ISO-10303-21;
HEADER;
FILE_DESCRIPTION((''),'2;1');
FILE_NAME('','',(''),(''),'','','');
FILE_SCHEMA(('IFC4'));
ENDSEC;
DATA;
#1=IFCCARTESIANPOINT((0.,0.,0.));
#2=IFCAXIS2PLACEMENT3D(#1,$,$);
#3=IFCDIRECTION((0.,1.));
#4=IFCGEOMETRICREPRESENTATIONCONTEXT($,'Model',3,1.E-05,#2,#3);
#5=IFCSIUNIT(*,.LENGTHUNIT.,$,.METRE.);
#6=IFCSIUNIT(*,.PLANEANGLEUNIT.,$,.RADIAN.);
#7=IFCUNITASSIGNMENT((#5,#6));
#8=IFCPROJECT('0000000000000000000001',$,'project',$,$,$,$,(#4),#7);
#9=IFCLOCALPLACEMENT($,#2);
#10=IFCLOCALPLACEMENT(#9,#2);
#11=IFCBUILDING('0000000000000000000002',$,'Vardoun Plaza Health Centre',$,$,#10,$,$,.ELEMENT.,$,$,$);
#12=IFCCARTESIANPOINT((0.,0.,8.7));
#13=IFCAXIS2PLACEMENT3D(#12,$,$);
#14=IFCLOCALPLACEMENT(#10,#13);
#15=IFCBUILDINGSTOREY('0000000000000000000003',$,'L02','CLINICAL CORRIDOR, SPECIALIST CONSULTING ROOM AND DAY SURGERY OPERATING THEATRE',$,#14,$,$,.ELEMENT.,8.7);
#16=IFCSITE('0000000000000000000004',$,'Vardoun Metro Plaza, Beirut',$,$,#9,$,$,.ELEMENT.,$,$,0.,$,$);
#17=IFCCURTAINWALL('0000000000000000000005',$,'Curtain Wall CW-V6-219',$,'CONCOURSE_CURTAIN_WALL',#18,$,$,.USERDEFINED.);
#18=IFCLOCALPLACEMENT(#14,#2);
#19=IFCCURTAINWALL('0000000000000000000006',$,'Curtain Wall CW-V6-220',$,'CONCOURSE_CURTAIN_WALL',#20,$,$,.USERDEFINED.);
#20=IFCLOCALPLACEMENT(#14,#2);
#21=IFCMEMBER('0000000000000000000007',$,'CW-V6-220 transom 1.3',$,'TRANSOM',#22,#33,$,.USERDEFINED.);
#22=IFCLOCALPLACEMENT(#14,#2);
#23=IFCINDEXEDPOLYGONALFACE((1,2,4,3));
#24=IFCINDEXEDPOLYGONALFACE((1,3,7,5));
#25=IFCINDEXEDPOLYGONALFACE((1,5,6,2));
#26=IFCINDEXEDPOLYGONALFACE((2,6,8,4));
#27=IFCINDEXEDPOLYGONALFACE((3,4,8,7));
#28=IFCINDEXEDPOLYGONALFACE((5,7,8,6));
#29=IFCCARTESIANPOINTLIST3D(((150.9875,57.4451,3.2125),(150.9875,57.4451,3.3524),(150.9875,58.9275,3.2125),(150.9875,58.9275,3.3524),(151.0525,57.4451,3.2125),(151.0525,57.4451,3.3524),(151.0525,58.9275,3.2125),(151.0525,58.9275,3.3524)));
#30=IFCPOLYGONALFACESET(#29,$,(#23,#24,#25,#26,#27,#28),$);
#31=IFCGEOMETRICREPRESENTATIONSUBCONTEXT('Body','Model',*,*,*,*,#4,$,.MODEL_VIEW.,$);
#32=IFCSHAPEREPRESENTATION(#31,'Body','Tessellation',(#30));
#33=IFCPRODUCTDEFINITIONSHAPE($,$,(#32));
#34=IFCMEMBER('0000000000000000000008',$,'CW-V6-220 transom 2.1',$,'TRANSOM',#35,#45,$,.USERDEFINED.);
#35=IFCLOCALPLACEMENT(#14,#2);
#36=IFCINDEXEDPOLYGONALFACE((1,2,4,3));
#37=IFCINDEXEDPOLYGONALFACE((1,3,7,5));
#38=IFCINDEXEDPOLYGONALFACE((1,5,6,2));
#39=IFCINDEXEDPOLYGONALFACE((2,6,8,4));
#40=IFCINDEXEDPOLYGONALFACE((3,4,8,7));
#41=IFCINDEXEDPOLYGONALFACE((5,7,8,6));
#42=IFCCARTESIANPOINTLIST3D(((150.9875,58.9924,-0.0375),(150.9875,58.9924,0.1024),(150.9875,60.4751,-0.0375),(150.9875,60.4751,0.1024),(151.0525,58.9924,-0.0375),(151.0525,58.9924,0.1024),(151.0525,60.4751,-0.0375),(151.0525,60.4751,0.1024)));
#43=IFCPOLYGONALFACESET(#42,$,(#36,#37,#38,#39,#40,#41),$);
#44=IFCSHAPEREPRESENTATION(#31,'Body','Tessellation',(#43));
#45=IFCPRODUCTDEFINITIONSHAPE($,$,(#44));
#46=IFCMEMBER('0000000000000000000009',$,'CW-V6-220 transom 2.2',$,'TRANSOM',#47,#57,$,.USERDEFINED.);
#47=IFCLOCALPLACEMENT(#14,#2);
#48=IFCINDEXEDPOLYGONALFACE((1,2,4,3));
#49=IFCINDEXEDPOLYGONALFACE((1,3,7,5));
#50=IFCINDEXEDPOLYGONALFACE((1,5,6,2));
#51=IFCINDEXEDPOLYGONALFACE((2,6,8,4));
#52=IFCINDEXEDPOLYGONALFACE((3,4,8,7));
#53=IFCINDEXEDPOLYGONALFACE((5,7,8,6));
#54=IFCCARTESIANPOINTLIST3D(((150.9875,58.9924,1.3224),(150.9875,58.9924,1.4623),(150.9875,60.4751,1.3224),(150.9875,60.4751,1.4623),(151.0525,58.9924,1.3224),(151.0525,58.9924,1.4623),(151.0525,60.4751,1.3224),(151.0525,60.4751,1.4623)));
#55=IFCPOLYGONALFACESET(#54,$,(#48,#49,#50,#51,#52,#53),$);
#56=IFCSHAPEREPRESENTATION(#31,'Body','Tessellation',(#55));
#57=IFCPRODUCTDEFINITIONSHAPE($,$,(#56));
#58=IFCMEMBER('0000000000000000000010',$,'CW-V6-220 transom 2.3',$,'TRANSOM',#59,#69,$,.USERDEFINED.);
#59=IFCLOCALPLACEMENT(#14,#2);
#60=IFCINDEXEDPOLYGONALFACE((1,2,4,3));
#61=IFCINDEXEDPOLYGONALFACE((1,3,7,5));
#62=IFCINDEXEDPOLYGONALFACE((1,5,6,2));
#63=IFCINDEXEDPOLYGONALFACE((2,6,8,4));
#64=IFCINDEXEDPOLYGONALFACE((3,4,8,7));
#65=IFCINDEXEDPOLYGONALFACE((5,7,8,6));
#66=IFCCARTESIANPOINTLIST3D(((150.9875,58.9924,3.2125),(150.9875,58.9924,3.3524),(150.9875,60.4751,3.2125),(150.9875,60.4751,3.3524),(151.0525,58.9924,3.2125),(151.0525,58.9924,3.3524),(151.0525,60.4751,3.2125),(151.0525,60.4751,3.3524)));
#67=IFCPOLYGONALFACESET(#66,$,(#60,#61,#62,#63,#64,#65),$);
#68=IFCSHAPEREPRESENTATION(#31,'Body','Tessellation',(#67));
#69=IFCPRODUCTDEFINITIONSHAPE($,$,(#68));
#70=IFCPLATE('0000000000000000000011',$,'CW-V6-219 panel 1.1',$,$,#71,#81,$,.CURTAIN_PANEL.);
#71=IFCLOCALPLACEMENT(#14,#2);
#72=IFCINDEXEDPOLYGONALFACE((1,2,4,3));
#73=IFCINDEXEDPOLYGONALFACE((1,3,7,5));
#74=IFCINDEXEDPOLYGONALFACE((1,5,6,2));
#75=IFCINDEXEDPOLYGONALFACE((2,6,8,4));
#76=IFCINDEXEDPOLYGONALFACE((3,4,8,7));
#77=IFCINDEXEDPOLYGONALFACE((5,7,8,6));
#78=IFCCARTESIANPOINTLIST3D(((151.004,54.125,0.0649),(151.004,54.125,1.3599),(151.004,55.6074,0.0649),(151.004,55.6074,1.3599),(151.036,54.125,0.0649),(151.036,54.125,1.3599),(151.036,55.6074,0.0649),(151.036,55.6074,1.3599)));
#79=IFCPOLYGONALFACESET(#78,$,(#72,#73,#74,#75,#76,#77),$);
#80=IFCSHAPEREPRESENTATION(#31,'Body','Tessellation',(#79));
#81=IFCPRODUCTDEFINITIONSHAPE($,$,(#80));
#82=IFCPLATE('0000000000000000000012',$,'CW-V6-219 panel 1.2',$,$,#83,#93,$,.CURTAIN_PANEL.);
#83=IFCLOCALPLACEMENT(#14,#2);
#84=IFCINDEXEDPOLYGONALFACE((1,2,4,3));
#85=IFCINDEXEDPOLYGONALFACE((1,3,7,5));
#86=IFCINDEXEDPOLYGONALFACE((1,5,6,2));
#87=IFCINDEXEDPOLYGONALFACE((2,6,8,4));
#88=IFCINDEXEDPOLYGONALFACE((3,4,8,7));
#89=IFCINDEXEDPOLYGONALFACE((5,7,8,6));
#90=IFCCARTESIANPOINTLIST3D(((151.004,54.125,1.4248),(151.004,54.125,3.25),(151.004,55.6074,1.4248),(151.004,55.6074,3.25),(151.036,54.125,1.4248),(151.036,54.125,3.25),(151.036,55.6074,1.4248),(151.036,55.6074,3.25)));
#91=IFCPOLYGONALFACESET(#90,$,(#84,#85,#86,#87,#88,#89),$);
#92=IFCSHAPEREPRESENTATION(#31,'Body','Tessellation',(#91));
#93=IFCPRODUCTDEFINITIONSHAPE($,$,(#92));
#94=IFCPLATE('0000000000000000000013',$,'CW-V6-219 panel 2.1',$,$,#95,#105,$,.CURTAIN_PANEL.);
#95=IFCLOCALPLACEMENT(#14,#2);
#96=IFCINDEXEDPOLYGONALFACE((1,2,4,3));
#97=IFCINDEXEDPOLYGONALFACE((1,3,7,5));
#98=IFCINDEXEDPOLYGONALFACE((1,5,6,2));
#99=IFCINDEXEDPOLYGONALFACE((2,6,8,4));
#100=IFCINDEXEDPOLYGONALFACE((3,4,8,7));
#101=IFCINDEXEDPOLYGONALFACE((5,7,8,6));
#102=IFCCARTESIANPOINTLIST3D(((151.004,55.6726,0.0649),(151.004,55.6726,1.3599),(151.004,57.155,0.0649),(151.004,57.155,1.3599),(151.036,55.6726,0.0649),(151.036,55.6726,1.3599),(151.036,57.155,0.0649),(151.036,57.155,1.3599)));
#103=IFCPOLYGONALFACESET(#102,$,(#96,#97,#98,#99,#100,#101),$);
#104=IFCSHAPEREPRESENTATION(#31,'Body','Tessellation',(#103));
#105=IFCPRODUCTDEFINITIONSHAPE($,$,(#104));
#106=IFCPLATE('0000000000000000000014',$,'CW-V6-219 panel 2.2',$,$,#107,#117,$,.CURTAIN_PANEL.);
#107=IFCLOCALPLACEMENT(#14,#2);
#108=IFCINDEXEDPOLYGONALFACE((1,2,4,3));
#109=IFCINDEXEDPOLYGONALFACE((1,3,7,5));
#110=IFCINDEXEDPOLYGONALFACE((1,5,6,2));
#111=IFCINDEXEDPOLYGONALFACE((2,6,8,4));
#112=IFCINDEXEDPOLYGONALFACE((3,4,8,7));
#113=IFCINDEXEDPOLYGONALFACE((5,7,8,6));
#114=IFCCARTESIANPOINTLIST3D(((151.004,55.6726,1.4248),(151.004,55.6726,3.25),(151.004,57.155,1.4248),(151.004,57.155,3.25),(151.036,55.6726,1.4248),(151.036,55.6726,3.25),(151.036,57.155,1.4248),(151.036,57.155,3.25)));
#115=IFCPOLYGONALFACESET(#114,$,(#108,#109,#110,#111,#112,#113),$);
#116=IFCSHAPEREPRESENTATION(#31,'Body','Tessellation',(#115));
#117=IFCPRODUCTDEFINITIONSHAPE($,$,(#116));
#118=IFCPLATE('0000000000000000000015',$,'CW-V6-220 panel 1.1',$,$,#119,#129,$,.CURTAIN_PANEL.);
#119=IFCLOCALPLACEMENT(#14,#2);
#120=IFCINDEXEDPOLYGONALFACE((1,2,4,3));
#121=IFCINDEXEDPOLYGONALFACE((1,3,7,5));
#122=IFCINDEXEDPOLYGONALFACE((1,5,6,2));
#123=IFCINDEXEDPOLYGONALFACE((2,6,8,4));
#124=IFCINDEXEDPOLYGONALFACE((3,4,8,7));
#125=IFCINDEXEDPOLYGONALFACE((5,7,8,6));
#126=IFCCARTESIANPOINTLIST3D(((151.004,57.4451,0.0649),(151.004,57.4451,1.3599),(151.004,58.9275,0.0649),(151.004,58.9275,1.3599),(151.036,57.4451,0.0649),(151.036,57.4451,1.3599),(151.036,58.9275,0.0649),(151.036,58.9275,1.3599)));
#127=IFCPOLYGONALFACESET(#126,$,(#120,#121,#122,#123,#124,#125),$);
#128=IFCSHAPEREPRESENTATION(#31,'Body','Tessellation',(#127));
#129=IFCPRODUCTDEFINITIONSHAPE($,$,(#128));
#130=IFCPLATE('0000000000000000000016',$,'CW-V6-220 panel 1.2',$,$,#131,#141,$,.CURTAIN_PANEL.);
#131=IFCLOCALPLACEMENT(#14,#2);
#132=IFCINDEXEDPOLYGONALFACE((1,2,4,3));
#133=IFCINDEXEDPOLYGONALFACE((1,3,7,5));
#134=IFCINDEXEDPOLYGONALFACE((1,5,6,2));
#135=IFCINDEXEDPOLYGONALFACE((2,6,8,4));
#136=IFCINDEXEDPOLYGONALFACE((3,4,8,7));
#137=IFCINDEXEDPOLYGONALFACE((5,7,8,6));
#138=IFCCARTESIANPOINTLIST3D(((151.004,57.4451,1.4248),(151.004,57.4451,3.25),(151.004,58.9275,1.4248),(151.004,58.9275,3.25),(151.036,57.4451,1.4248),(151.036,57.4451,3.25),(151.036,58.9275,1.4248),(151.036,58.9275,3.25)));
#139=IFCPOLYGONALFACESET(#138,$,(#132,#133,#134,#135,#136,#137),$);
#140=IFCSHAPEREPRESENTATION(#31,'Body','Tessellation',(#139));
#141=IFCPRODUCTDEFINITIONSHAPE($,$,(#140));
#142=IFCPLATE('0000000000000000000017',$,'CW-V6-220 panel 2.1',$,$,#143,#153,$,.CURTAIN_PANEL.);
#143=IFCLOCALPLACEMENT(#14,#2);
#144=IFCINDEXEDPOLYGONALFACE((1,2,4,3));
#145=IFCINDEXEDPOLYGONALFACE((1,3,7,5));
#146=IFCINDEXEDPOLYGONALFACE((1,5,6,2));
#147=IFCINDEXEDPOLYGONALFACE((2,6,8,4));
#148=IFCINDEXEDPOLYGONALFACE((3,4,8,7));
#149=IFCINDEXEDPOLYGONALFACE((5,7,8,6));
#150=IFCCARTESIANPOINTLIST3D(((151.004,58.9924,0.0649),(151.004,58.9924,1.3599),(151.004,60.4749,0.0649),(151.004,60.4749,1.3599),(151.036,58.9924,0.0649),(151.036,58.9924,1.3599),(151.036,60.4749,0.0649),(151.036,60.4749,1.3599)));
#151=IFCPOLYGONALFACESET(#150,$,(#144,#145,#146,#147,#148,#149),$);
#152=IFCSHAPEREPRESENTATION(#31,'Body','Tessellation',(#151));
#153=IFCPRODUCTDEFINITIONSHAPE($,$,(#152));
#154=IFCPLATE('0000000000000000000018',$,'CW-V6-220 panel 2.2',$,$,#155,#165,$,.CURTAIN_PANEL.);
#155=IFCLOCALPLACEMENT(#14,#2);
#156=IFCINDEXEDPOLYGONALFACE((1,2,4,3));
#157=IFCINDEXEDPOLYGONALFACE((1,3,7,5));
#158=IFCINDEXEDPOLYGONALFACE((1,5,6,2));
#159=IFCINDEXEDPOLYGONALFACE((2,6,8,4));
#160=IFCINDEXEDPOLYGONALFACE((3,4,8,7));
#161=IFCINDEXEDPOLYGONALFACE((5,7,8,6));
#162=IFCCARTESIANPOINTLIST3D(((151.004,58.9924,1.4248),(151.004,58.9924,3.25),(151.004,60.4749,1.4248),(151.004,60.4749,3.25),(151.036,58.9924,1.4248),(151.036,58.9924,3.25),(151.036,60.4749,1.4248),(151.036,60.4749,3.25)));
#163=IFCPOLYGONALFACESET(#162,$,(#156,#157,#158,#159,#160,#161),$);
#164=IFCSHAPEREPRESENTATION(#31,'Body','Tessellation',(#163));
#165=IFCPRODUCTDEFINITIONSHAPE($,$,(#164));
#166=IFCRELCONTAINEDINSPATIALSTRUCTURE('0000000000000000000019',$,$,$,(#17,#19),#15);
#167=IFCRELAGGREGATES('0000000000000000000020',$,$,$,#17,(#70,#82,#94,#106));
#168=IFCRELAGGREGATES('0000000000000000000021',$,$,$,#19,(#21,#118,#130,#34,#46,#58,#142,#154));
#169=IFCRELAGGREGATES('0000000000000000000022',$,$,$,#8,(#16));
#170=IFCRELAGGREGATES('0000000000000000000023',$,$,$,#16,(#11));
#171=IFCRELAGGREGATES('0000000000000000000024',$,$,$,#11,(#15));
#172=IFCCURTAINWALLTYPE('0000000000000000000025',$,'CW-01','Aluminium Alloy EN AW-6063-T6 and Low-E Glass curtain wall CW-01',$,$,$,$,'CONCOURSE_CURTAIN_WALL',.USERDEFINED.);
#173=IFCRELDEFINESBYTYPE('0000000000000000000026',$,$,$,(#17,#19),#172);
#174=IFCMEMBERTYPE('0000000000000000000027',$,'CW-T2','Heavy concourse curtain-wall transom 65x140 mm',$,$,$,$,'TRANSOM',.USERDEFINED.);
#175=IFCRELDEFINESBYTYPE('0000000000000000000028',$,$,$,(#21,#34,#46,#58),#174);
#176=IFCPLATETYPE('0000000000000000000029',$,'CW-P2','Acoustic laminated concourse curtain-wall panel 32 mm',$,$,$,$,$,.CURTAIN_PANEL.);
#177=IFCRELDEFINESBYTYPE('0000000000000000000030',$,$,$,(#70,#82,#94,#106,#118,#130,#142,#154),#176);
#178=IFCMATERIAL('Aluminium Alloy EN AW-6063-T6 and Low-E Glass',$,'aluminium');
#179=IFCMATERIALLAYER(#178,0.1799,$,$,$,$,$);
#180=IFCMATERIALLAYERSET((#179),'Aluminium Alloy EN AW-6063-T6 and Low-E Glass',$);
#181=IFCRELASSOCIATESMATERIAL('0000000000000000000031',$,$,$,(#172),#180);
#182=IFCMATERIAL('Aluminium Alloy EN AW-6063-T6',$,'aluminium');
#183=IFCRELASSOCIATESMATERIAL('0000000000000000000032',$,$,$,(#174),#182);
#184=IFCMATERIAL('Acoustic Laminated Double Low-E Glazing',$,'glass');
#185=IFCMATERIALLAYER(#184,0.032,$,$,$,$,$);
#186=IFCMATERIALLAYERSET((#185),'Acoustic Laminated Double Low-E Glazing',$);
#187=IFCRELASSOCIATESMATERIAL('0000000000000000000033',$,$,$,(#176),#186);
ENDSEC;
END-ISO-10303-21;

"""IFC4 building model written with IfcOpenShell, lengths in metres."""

from ifc_helpers import new_model, si_unit, direction, frame, origin, origin_2d, place, context, subcontext, project, spatial, rectangle, extrude, material, layer, layer_set, material_profile, profile_set, type_object, element, aggregate, save


model = new_model("IFC4")

# Units and contexts
model_context = context("Model", 3, precision=1e-05, world=origin(), true_north=direction((0.0, 1.0)))
body_context = subcontext(model_context, "Body", "Model", "MODEL_VIEW")
ifc_project = project(units=[si_unit("LENGTHUNIT", "METRE"), si_unit("PLANEANGLEUNIT", "RADIAN")], contexts=[model_context])

# Site, building, storey
site_placement = place(None, origin())
site = spatial("IfcSite", under=ifc_project, at=site_placement, Name="Vardoun Metro Plaza, Beirut", CompositionType="ELEMENT", RefElevation=0.0)
building_placement = place(site_placement, origin())
building = spatial("IfcBuilding", under=site, at=building_placement, Name="Vardoun Plaza Health Centre", CompositionType="ELEMENT")
storey_placement = place(building_placement, frame((0.0, 0.0, 8.7)))
storey = spatial("IfcBuildingStorey", under=building, at=storey_placement, Name="L02", Description="CLINICAL CORRIDOR, SPECIALIST CONSULTING ROOM AND DAY SURGERY OPERATING THEATRE", CompositionType="ELEMENT", Elevation=8.7)

# Curtain walls
ifc_material_1 = material(Name="Aluminium Alloy EN AW-6063-T6 and Low-E Glass", Category="aluminium")
ifc_layer_1 = layer(ifc_material_1, 0.1799)
ifc_layer_set_1 = layer_set([ifc_layer_1], Name="Aluminium Alloy EN AW-6063-T6 and Low-E Glass")
curtain_wall_type = type_object("IfcCurtainWallType", Name="CW-01", Description="Aluminium Alloy EN AW-6063-T6 and Low-E Glass curtain wall CW-01", ElementType="CONCOURSE_CURTAIN_WALL", PredefinedType="USERDEFINED", material=ifc_layer_set_1)
curtain_wall_1_placement = place(storey_placement, origin())
curtain_wall_1 = element("IfcCurtainWall", 1, at=curtain_wall_1_placement, inside=storey, type_object=curtain_wall_type, Name="Curtain Wall CW-V6-219", ObjectType="CONCOURSE_CURTAIN_WALL", PredefinedType="USERDEFINED")
curtain_wall_2_placement = place(storey_placement, origin())
curtain_wall_2 = element("IfcCurtainWall", 2, at=curtain_wall_2_placement, inside=storey, type_object=curtain_wall_type, Name="Curtain Wall CW-V6-220", ObjectType="CONCOURSE_CURTAIN_WALL", PredefinedType="USERDEFINED")

# Members
ifc_material_2 = material(Name="Aluminium Alloy EN AW-6063-T6", Category="aluminium")
ifc_material_profile_1 = material_profile(ifc_material_2, rectangle(XDim=0.0649, YDim=0.1399, at=origin_2d()), Name="CWT 65x140")
ifc_profile_set_1 = profile_set([ifc_material_profile_1], Name="Aluminium Alloy EN AW-6063-T6")
member_type_1 = type_object("IfcMemberType", Name="CW-T2", Description="Heavy concourse curtain-wall transom 65x140 mm", ElementType="TRANSOM", PredefinedType="USERDEFINED", material=ifc_profile_set_1)
member_1_placement = place(storey_placement, frame((151.02, 57.4451, 3.2825), z_axis=(0.0, 1.0, 0.0), x_axis=(-1.0, 0.0, 0.0)))
member_1 = element("IfcMember", 3, at=member_1_placement, type_object=member_type_1, Name="CW-V6-220 transom 1.3", ObjectType="TRANSOM", PredefinedType="USERDEFINED", context=body_context, shape_type="SweptSolid", body=[
    extrude(rectangle(XDim=0.0649, YDim=0.1399, at=origin_2d()), origin(), (0.0, 0.0, 1.0), 1.4824),
])
member_2_placement = place(storey_placement, frame((151.02, 58.9924, 0.0325), z_axis=(0.0, 1.0, 0.0), x_axis=(-1.0, 0.0, 0.0)))
member_2 = element("IfcMember", 4, at=member_2_placement, type_object=member_type_1, Name="CW-V6-220 transom 2.1", ObjectType="TRANSOM", PredefinedType="USERDEFINED", context=body_context, shape_type="SweptSolid", body=[
    extrude(rectangle(XDim=0.0649, YDim=0.1399, at=origin_2d()), origin(), (0.0, 0.0, 1.0), 1.4827),
])
member_3_placement = place(storey_placement, frame((151.02, 58.9924, 1.3923), z_axis=(0.0, 1.0, 0.0), x_axis=(-1.0, 0.0, 0.0)))
member_3 = element("IfcMember", 5, at=member_3_placement, type_object=member_type_1, Name="CW-V6-220 transom 2.2", ObjectType="TRANSOM", PredefinedType="USERDEFINED", context=body_context, shape_type="SweptSolid", body=[
    extrude(rectangle(XDim=0.0649, YDim=0.1399, at=origin_2d()), origin(), (0.0, 0.0, 1.0), 1.4827),
])
member_4_placement = place(storey_placement, frame((151.02, 58.9924, 3.2825), z_axis=(0.0, 1.0, 0.0), x_axis=(-1.0, 0.0, 0.0)))
member_4 = element("IfcMember", 6, at=member_4_placement, type_object=member_type_1, Name="CW-V6-220 transom 2.3", ObjectType="TRANSOM", PredefinedType="USERDEFINED", context=body_context, shape_type="SweptSolid", body=[
    extrude(rectangle(XDim=0.0649, YDim=0.1399, at=origin_2d()), origin(), (0.0, 0.0, 1.0), 1.4827),
])

# Plates
ifc_material_3 = material(Name="Acoustic Laminated Double Low-E Glazing", Category="glass")
ifc_layer_2 = layer(ifc_material_3, 0.032)
ifc_layer_set_2 = layer_set([ifc_layer_2], Name="Acoustic Laminated Double Low-E Glazing")
plate_type = type_object("IfcPlateType", Name="CW-P2", Description="Acoustic laminated concourse curtain-wall panel 32 mm", PredefinedType="CURTAIN_PANEL", material=ifc_layer_set_2)
plate_1_placement = place(storey_placement, frame((151.02, 54.8662, 0.0649), z_axis=(0.0, 0.0, 1.0), x_axis=(0.0, 1.0, 0.0)))
plate_1 = element("IfcPlate", 7, at=plate_1_placement, type_object=plate_type, Name="CW-V6-219 panel 1.1", PredefinedType="CURTAIN_PANEL", context=body_context, shape_type="SweptSolid", body=[
    extrude(rectangle(XDim=1.4824, YDim=0.032, at=origin_2d()), origin(), (0.0, 0.0, 1.0), 1.2949),
])
plate_2_placement = place(storey_placement, frame((151.02, 54.8662, 1.4248), z_axis=(0.0, 0.0, 1.0), x_axis=(0.0, 1.0, 0.0)))
plate_2 = element("IfcPlate", 8, at=plate_2_placement, type_object=plate_type, Name="CW-V6-219 panel 1.2", PredefinedType="CURTAIN_PANEL", context=body_context, shape_type="SweptSolid", body=[
    extrude(rectangle(XDim=1.4824, YDim=0.032, at=origin_2d()), origin(), (0.0, 0.0, 1.0), 1.8252),
])
plate_3_placement = place(storey_placement, frame((151.02, 56.4138, 0.0649), z_axis=(0.0, 0.0, 1.0), x_axis=(0.0, 1.0, 0.0)))
plate_3 = element("IfcPlate", 9, at=plate_3_placement, type_object=plate_type, Name="CW-V6-219 panel 2.1", PredefinedType="CURTAIN_PANEL", context=body_context, shape_type="SweptSolid", body=[
    extrude(rectangle(XDim=1.4824, YDim=0.032, at=origin_2d()), origin(), (0.0, 0.0, 1.0), 1.2949),
])
plate_4_placement = place(storey_placement, frame((151.02, 56.4138, 1.4248), z_axis=(0.0, 0.0, 1.0), x_axis=(0.0, 1.0, 0.0)))
plate_4 = element("IfcPlate", 10, at=plate_4_placement, type_object=plate_type, Name="CW-V6-219 panel 2.2", PredefinedType="CURTAIN_PANEL", context=body_context, shape_type="SweptSolid", body=[
    extrude(rectangle(XDim=1.4824, YDim=0.032, at=origin_2d()), origin(), (0.0, 0.0, 1.0), 1.8252),
])
aggregate(curtain_wall_1, [plate_1, plate_2, plate_3, plate_4])
plate_5_placement = place(storey_placement, frame((151.02, 58.1863, 0.0649), z_axis=(0.0, 0.0, 1.0), x_axis=(0.0, 1.0, 0.0)))
plate_5 = element("IfcPlate", 11, at=plate_5_placement, type_object=plate_type, Name="CW-V6-220 panel 1.1", PredefinedType="CURTAIN_PANEL", context=body_context, shape_type="SweptSolid", body=[
    extrude(rectangle(XDim=1.4824, YDim=0.032, at=origin_2d()), origin(), (0.0, 0.0, 1.0), 1.2949),
])
plate_6_placement = place(storey_placement, frame((151.02, 58.1863, 1.4248), z_axis=(0.0, 0.0, 1.0), x_axis=(0.0, 1.0, 0.0)))
plate_6 = element("IfcPlate", 12, at=plate_6_placement, type_object=plate_type, Name="CW-V6-220 panel 1.2", PredefinedType="CURTAIN_PANEL", context=body_context, shape_type="SweptSolid", body=[
    extrude(rectangle(XDim=1.4824, YDim=0.032, at=origin_2d()), origin(), (0.0, 0.0, 1.0), 1.8252),
])
plate_7_placement = place(storey_placement, frame((151.02, 59.7336, 0.0649), z_axis=(0.0, 0.0, 1.0), x_axis=(0.0, 1.0, 0.0)))
plate_7 = element("IfcPlate", 13, at=plate_7_placement, type_object=plate_type, Name="CW-V6-220 panel 2.1", PredefinedType="CURTAIN_PANEL", context=body_context, shape_type="SweptSolid", body=[
    extrude(rectangle(XDim=1.4824, YDim=0.032, at=origin_2d()), origin(), (0.0, 0.0, 1.0), 1.2949),
])
plate_8_placement = place(storey_placement, frame((151.02, 59.7336, 1.4248), z_axis=(0.0, 0.0, 1.0), x_axis=(0.0, 1.0, 0.0)))
plate_8 = element("IfcPlate", 14, at=plate_8_placement, type_object=plate_type, Name="CW-V6-220 panel 2.2", PredefinedType="CURTAIN_PANEL", context=body_context, shape_type="SweptSolid", body=[
    extrude(rectangle(XDim=1.4824, YDim=0.032, at=origin_2d()), origin(), (0.0, 0.0, 1.0), 1.8252),
])
aggregate(curtain_wall_2, [member_1, plate_5, plate_6, member_2, member_3, member_4, plate_7, plate_8])

save(model, "model.ifc")
